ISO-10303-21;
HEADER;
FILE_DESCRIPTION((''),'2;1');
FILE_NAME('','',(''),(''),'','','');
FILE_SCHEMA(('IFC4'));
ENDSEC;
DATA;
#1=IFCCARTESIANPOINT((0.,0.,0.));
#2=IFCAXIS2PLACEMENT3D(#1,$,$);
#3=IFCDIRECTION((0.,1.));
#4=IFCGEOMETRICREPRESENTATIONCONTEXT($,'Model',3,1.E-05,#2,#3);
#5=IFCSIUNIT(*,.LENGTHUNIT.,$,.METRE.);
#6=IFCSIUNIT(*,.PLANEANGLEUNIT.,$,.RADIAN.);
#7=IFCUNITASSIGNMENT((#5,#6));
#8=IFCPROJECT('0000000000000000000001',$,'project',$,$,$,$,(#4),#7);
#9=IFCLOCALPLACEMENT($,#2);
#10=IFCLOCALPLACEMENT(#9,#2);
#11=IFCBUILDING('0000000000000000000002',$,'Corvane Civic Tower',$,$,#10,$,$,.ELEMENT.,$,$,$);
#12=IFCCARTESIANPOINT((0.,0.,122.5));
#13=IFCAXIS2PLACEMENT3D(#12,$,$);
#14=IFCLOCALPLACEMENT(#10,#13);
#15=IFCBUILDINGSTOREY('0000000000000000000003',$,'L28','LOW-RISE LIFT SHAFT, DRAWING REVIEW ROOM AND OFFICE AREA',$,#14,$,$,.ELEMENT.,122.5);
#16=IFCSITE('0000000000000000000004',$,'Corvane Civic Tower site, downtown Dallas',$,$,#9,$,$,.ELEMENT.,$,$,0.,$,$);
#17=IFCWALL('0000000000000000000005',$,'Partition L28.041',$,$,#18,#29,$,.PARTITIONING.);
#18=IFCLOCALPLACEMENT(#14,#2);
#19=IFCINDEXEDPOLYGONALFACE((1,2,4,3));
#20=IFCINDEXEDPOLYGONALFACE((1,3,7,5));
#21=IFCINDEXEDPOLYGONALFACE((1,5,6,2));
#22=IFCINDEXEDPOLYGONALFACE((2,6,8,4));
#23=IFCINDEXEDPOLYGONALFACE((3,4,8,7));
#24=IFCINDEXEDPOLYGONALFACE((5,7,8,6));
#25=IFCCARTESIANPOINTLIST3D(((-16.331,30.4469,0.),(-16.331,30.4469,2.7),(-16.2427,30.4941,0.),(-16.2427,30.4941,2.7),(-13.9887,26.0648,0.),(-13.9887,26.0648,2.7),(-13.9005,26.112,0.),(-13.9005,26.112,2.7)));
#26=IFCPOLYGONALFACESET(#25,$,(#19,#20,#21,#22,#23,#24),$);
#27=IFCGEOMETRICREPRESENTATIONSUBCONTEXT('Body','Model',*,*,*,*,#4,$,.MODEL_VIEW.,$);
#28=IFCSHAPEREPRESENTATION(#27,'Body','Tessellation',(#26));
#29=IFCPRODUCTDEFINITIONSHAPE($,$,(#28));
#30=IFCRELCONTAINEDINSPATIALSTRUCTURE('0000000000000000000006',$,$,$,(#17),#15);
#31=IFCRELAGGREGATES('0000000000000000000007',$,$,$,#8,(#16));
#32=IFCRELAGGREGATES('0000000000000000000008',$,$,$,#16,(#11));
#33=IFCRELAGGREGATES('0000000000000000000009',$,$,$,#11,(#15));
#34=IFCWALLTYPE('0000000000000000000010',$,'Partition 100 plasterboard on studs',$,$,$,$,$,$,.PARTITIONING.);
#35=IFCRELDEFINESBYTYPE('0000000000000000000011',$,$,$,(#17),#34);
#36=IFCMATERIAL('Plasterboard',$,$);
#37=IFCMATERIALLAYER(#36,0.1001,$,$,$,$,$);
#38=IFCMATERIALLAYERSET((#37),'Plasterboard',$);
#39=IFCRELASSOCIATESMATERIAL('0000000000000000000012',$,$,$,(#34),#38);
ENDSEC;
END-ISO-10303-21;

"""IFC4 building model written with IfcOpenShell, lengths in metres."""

from ifc_helpers import new_model, si_unit, direction, frame, frame_2d, origin, place, context, subcontext, project, spatial, rectangle, extrude, material, layer, layer_set, type_object, element, save


model = new_model("IFC4")

# Units and contexts
model_context = context("Model", 3, precision=1e-05, world=origin(), true_north=direction((0.0, 1.0)))
body_context = subcontext(model_context, "Body", "Model", "MODEL_VIEW")
ifc_project = project(units=[si_unit("LENGTHUNIT", "METRE"), si_unit("PLANEANGLEUNIT", "RADIAN")], contexts=[model_context])

# Site, building, storey
site_placement = place(None, origin())
site = spatial("IfcSite", under=ifc_project, at=site_placement, Name="Corvane Civic Tower site, downtown Dallas", CompositionType="ELEMENT", RefElevation=0.0)
building_placement = place(site_placement, origin())
building = spatial("IfcBuilding", under=site, at=building_placement, Name="Corvane Civic Tower", CompositionType="ELEMENT")
storey_placement = place(building_placement, frame((0.0, 0.0, 122.5)))
storey = spatial("IfcBuildingStorey", under=building, at=storey_placement, Name="L28", Description="LOW-RISE LIFT SHAFT, DRAWING REVIEW ROOM AND OFFICE AREA", CompositionType="ELEMENT", Elevation=122.5)

# Shared definitions
ifc_material_1 = material(Name="Plasterboard")
ifc_layer_1 = layer(ifc_material_1, 0.1001)
ifc_layer_set_1 = layer_set([ifc_layer_1], Name="Plasterboard")
wall_type_1 = type_object("IfcWallType", Name="Partition 100 plasterboard on studs", PredefinedType="PARTITIONING", material=ifc_layer_set_1)

# Wall
wall_1_placement = place(storey_placement, frame((-16.2869, 30.4705, 0.0), z_axis=(0.0, 0.0, 1.0), x_axis=(0.471399, -0.88192, 0.0)))
element("IfcWall", 1, at=wall_1_placement, inside=storey, type_object=wall_type_1, Name="Partition L28.041", PredefinedType="PARTITIONING", context=body_context, shape_type="SweptSolid", body=[
    extrude(rectangle(XDim=4.9688, YDim=0.1001, at=frame_2d((2.4844, 0.0))), origin(), (0.0, 0.0, 1.0), 2.7),
])

save(model, "model.ifc")
